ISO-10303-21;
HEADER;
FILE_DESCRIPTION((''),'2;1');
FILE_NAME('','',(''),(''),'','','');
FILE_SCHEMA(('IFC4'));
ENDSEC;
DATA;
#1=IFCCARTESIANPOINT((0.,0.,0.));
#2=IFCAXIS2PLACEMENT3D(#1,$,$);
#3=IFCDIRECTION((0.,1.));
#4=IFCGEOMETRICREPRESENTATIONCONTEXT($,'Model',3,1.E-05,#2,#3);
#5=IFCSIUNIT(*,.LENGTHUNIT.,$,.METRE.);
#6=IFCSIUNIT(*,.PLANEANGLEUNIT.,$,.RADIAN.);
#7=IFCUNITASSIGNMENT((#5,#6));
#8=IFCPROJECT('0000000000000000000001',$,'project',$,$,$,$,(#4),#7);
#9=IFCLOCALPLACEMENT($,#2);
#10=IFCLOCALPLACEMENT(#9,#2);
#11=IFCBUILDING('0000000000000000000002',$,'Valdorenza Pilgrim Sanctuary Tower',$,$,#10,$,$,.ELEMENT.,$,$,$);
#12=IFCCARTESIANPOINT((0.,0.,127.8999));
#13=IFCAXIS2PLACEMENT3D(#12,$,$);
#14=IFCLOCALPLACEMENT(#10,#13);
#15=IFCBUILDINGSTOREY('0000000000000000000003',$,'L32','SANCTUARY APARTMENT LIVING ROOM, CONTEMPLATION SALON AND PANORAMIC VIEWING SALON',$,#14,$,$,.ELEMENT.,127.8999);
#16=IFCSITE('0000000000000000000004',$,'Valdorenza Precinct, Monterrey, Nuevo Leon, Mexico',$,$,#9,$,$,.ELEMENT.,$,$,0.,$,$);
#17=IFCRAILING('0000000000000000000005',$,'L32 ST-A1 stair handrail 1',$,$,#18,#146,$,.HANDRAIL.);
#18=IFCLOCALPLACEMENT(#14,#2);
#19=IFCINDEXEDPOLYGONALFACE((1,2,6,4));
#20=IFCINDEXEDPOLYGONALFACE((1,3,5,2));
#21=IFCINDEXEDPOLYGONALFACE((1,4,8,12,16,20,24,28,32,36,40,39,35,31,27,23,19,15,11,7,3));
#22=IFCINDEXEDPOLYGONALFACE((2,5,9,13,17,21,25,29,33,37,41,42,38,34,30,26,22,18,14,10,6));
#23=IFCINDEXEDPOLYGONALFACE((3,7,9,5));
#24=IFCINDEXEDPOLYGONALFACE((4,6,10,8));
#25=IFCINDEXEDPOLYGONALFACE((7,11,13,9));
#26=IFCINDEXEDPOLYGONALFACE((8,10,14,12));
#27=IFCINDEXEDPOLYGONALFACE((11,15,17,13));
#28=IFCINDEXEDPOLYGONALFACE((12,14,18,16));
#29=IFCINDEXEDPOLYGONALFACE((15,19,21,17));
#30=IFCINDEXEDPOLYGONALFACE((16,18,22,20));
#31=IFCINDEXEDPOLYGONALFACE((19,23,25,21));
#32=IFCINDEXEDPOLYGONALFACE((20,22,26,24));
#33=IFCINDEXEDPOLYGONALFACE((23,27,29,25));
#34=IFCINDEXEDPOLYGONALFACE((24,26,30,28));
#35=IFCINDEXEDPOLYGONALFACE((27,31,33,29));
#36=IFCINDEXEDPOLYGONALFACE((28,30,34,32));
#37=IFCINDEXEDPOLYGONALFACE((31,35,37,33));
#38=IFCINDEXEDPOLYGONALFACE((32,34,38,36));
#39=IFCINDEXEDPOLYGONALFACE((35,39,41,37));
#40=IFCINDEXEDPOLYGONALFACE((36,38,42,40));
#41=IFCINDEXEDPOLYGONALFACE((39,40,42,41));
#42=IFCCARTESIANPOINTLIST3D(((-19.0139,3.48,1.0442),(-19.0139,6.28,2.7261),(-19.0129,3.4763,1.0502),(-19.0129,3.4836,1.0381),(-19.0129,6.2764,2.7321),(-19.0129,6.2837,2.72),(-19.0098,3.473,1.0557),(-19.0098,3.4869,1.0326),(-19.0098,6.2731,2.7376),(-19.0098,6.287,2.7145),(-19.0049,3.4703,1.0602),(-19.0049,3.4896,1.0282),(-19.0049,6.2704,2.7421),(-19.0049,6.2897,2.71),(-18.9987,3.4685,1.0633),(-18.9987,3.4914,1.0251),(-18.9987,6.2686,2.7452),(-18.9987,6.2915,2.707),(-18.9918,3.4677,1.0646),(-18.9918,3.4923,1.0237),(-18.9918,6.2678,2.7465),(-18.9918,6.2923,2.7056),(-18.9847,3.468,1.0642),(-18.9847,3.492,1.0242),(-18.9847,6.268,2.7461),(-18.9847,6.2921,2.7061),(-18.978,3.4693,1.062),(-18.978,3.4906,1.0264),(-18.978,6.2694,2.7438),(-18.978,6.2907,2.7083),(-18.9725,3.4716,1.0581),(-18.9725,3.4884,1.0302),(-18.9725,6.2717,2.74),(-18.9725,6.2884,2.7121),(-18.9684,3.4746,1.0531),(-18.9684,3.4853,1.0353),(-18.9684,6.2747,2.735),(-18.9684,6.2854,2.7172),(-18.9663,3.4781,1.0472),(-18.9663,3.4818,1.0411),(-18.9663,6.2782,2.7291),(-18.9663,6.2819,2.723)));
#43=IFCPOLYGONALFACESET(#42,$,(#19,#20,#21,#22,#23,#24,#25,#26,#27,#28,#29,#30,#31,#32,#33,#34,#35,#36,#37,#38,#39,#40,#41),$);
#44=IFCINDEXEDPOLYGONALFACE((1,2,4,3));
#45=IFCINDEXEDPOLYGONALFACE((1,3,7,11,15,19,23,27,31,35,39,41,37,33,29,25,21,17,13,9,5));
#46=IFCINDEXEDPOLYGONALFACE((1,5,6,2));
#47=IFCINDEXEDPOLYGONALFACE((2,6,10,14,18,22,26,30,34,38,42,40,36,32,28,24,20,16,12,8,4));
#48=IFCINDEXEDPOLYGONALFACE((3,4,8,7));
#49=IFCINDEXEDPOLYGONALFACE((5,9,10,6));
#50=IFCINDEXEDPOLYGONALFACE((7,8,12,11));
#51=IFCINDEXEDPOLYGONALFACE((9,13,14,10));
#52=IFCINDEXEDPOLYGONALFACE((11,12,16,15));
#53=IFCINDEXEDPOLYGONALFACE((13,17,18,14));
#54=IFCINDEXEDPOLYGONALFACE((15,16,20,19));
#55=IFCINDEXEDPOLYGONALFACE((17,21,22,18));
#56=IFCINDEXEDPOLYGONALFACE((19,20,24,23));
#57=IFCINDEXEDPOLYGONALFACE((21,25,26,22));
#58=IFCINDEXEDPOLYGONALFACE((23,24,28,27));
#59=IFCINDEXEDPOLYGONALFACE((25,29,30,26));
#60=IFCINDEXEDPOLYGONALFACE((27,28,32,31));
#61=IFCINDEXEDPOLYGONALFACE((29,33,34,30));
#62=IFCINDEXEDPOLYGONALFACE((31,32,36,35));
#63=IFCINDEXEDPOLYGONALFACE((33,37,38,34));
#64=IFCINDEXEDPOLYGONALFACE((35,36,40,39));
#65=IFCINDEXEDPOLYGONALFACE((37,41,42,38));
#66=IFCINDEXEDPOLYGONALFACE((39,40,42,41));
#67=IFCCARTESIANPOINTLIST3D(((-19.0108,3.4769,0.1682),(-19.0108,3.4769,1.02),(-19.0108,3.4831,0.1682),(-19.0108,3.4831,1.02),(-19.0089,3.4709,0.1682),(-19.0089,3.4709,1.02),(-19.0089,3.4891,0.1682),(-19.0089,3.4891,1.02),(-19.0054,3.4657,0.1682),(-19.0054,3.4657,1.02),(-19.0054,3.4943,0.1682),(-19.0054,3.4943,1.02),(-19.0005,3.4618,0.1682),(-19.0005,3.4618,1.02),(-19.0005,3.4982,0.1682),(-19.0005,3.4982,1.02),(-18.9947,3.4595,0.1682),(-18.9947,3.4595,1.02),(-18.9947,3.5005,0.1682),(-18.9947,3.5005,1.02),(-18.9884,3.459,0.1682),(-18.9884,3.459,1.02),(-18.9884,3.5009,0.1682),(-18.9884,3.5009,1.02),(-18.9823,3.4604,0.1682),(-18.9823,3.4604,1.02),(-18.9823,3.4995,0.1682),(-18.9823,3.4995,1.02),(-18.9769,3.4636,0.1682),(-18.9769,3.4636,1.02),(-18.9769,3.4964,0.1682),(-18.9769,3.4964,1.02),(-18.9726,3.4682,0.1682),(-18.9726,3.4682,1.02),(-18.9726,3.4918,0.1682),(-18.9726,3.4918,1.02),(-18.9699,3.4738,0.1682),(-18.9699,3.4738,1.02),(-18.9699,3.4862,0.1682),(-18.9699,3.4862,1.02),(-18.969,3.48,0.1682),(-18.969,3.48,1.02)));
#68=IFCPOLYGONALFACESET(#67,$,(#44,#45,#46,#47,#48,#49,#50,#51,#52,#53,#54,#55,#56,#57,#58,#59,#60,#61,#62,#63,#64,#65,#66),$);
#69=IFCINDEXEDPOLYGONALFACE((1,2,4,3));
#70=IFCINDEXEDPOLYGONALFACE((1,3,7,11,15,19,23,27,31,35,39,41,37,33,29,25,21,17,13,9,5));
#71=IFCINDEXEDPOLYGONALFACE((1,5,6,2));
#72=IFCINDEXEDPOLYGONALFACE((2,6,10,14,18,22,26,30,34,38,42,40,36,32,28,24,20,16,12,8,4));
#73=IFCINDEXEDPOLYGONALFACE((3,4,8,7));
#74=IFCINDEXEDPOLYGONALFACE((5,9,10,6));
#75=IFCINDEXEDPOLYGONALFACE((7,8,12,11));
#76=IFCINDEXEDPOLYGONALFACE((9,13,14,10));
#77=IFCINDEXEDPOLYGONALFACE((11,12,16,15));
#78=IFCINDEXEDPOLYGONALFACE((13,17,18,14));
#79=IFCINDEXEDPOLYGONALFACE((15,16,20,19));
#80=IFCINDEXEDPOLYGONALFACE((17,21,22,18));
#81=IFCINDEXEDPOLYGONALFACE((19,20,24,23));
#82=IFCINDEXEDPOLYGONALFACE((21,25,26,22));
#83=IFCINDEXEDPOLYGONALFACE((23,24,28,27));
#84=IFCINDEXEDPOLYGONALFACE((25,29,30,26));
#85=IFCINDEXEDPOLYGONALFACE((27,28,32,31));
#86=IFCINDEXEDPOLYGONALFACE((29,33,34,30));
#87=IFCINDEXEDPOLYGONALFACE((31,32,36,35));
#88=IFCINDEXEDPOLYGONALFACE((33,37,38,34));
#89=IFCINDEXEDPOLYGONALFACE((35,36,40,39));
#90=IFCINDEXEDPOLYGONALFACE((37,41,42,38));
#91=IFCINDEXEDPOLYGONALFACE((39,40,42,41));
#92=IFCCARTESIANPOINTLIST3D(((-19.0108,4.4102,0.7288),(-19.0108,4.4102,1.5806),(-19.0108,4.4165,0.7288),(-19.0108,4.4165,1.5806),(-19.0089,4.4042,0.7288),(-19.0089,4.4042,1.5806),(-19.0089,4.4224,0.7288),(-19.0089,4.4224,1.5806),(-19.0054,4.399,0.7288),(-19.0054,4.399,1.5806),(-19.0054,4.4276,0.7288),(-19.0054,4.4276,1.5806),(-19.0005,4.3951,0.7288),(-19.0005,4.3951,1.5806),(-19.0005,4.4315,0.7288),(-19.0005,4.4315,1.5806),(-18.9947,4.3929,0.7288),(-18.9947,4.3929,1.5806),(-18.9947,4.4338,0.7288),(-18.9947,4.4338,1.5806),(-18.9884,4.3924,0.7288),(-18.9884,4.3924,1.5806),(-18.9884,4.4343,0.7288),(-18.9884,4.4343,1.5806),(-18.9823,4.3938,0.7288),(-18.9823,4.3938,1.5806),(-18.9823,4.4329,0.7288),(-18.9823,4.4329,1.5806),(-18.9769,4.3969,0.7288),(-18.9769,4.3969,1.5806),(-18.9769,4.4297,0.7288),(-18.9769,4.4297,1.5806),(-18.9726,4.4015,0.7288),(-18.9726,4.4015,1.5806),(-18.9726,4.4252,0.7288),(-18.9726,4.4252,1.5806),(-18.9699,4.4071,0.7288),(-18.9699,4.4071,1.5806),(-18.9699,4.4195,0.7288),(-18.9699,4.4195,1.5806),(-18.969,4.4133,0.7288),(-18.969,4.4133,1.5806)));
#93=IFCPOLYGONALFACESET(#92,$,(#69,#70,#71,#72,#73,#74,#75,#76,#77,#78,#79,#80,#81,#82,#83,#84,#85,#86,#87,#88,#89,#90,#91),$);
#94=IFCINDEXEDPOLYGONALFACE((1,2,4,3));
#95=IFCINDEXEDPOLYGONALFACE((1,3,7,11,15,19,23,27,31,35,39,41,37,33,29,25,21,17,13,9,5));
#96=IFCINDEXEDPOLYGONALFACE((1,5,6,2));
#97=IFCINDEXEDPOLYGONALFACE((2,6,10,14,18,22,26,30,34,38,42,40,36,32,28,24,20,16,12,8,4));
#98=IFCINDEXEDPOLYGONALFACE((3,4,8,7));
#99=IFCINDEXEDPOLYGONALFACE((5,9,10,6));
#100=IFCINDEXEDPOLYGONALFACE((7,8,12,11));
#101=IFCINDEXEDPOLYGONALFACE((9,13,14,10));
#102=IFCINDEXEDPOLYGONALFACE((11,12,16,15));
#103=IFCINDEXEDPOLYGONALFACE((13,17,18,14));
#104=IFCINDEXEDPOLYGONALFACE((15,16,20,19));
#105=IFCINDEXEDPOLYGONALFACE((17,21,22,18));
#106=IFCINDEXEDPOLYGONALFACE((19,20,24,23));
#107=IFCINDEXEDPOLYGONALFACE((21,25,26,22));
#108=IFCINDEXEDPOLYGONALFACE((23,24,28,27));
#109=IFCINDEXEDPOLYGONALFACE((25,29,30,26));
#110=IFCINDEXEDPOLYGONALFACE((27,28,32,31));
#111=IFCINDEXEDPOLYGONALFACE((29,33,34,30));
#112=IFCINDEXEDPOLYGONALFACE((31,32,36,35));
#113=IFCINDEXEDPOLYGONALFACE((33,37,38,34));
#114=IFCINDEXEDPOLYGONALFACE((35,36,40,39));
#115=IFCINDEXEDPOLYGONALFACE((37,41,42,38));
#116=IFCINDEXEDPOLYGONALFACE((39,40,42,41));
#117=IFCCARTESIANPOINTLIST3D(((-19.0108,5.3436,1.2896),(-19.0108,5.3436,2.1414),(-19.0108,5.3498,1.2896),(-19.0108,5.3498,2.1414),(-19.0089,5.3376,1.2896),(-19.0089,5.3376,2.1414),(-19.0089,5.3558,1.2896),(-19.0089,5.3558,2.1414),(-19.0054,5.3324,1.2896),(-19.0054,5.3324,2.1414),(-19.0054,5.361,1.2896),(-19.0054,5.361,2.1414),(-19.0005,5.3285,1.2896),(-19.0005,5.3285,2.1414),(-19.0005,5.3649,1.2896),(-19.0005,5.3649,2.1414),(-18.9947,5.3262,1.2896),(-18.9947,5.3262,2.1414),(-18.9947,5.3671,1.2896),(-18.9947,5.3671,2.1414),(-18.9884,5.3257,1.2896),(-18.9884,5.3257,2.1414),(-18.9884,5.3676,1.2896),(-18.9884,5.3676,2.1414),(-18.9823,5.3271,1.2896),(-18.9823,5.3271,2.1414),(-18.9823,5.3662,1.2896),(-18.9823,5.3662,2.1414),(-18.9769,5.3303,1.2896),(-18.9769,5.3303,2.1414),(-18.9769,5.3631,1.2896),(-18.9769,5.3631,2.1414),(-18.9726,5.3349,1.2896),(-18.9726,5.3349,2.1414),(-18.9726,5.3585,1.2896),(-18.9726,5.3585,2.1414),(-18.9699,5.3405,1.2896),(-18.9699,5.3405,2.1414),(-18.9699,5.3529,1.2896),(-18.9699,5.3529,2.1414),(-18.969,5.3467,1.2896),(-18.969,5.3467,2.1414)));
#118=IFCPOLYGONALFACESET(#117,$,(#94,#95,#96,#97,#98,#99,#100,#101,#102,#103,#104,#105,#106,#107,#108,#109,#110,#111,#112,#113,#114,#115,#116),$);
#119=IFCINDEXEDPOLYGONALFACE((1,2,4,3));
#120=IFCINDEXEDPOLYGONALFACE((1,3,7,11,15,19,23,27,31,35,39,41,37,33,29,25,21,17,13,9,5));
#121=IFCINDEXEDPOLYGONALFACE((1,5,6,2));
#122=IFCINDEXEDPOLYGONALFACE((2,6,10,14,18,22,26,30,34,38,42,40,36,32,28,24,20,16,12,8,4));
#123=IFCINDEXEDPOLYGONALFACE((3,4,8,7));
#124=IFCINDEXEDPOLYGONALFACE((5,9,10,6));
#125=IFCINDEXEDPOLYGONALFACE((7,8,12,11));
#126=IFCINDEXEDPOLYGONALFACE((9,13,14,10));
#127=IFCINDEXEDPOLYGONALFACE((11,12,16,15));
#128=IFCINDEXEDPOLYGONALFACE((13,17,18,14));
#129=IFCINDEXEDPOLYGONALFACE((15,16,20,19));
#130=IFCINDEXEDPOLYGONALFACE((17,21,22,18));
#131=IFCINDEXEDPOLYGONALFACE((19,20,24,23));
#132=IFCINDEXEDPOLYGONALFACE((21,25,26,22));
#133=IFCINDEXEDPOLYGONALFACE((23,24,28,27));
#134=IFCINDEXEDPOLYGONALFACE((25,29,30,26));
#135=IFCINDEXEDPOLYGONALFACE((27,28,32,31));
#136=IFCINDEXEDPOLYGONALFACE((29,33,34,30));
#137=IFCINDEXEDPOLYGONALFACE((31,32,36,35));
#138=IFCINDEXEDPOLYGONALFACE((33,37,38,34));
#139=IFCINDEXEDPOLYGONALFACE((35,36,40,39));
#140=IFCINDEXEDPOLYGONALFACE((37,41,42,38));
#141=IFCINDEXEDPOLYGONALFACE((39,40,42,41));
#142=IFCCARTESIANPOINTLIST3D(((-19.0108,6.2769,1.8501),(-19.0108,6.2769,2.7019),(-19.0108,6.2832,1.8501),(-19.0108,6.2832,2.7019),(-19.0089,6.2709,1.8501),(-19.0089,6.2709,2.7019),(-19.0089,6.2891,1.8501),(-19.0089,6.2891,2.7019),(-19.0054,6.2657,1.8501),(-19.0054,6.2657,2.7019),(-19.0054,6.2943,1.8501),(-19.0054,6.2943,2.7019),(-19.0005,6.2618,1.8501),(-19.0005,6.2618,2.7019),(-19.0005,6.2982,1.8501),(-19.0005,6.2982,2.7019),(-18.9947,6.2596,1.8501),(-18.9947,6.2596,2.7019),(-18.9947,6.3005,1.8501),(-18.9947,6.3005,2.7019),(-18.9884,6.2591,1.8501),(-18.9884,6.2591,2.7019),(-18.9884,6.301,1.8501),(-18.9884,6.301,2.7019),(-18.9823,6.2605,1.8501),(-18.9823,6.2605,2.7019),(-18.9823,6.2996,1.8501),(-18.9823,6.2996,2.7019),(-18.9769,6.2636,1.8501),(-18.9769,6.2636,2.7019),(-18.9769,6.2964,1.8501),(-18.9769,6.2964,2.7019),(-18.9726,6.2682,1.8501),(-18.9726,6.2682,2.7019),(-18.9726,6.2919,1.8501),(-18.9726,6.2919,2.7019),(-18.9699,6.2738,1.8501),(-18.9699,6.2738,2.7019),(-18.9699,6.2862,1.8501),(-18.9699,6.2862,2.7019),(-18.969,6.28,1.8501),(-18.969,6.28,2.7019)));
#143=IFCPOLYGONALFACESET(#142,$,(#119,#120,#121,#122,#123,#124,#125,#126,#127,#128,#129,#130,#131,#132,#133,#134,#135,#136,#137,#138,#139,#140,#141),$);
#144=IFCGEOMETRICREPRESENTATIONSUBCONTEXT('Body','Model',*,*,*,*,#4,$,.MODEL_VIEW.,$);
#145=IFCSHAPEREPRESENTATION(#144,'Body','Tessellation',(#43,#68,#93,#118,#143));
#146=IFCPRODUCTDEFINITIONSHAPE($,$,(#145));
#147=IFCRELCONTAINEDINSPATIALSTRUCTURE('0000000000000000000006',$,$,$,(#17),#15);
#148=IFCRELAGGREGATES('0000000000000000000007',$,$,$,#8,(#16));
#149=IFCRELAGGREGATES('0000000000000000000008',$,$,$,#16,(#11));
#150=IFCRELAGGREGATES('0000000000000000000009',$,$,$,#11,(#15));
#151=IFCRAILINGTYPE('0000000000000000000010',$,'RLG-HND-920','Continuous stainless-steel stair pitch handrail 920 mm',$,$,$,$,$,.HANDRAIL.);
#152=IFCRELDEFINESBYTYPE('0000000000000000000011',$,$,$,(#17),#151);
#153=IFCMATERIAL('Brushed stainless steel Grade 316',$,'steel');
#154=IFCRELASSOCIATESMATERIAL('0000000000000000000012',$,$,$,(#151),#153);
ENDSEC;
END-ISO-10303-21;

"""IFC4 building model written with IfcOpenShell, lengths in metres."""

from ifc_helpers import new_model, si_unit, direction, frame, origin, origin_2d, place, context, subcontext, project, spatial, circle, extrude, material, type_object, element, save


model = new_model("IFC4")

# Units and contexts
model_context = context("Model", 3, precision=1e-05, world=origin(), true_north=direction((0.0, 1.0)))
body_context = subcontext(model_context, "Body", "Model", "MODEL_VIEW")
ifc_project = project(units=[si_unit("LENGTHUNIT", "METRE"), si_unit("PLANEANGLEUNIT", "RADIAN")], contexts=[model_context])

# Site, building, storey
site_placement = place(None, origin())
site = spatial("IfcSite", under=ifc_project, at=site_placement, Name="Valdorenza Precinct, Monterrey, Nuevo Leon, Mexico", CompositionType="ELEMENT", RefElevation=0.0)
building_placement = place(site_placement, origin())
building = spatial("IfcBuilding", under=site, at=building_placement, Name="Valdorenza Pilgrim Sanctuary Tower", CompositionType="ELEMENT")
storey_placement = place(building_placement, frame((0.0, 0.0, 127.8999)))
storey = spatial("IfcBuildingStorey", under=building, at=storey_placement, Name="L32", Description="SANCTUARY APARTMENT LIVING ROOM, CONTEMPLATION SALON AND PANORAMIC VIEWING SALON", CompositionType="ELEMENT", Elevation=127.8999)

# Shared definitions
ifc_material_1 = material(Name="Brushed stainless steel Grade 316", Category="steel")

# Railing
railing_type_1 = type_object("IfcRailingType", Name="RLG-HND-920", Description="Continuous stainless-steel stair pitch handrail 920 mm", PredefinedType="HANDRAIL", material=ifc_material_1)
railing_1_placement = place(storey_placement, frame((-18.99, 3.48, 0.1682)))
element("IfcRailing", 1, at=railing_1_placement, inside=storey, type_object=railing_type_1, Name="L32 ST-A1 stair handrail 1", PredefinedType="HANDRAIL", context=body_context, shape_type="SweptSolid", body=[
    extrude(circle(Radius=0.0239, at=origin_2d()), frame((0.0, 0.0, 0.876), z_axis=(0.0, 0.857242, 0.514913), x_axis=(-1.0, 0.0, 0.0)), (0.0, 0.0, 1.0), 3.2664),
    extrude(circle(Radius=0.021, at=origin_2d()), origin(), (0.0, 0.0, 1.0), 0.8518),
    extrude(circle(Radius=0.021, at=origin_2d()), frame((0.0, 0.9333, 0.5605)), (0.0, 0.0, 1.0), 0.8518),
    extrude(circle(Radius=0.021, at=origin_2d()), frame((0.0, 1.8667, 1.1213)), (0.0, 0.0, 1.0), 0.8518),
    extrude(circle(Radius=0.021, at=origin_2d()), frame((0.0, 2.8, 1.6819)), (0.0, 0.0, 1.0), 0.8518),
])

save(model, "model.ifc")
